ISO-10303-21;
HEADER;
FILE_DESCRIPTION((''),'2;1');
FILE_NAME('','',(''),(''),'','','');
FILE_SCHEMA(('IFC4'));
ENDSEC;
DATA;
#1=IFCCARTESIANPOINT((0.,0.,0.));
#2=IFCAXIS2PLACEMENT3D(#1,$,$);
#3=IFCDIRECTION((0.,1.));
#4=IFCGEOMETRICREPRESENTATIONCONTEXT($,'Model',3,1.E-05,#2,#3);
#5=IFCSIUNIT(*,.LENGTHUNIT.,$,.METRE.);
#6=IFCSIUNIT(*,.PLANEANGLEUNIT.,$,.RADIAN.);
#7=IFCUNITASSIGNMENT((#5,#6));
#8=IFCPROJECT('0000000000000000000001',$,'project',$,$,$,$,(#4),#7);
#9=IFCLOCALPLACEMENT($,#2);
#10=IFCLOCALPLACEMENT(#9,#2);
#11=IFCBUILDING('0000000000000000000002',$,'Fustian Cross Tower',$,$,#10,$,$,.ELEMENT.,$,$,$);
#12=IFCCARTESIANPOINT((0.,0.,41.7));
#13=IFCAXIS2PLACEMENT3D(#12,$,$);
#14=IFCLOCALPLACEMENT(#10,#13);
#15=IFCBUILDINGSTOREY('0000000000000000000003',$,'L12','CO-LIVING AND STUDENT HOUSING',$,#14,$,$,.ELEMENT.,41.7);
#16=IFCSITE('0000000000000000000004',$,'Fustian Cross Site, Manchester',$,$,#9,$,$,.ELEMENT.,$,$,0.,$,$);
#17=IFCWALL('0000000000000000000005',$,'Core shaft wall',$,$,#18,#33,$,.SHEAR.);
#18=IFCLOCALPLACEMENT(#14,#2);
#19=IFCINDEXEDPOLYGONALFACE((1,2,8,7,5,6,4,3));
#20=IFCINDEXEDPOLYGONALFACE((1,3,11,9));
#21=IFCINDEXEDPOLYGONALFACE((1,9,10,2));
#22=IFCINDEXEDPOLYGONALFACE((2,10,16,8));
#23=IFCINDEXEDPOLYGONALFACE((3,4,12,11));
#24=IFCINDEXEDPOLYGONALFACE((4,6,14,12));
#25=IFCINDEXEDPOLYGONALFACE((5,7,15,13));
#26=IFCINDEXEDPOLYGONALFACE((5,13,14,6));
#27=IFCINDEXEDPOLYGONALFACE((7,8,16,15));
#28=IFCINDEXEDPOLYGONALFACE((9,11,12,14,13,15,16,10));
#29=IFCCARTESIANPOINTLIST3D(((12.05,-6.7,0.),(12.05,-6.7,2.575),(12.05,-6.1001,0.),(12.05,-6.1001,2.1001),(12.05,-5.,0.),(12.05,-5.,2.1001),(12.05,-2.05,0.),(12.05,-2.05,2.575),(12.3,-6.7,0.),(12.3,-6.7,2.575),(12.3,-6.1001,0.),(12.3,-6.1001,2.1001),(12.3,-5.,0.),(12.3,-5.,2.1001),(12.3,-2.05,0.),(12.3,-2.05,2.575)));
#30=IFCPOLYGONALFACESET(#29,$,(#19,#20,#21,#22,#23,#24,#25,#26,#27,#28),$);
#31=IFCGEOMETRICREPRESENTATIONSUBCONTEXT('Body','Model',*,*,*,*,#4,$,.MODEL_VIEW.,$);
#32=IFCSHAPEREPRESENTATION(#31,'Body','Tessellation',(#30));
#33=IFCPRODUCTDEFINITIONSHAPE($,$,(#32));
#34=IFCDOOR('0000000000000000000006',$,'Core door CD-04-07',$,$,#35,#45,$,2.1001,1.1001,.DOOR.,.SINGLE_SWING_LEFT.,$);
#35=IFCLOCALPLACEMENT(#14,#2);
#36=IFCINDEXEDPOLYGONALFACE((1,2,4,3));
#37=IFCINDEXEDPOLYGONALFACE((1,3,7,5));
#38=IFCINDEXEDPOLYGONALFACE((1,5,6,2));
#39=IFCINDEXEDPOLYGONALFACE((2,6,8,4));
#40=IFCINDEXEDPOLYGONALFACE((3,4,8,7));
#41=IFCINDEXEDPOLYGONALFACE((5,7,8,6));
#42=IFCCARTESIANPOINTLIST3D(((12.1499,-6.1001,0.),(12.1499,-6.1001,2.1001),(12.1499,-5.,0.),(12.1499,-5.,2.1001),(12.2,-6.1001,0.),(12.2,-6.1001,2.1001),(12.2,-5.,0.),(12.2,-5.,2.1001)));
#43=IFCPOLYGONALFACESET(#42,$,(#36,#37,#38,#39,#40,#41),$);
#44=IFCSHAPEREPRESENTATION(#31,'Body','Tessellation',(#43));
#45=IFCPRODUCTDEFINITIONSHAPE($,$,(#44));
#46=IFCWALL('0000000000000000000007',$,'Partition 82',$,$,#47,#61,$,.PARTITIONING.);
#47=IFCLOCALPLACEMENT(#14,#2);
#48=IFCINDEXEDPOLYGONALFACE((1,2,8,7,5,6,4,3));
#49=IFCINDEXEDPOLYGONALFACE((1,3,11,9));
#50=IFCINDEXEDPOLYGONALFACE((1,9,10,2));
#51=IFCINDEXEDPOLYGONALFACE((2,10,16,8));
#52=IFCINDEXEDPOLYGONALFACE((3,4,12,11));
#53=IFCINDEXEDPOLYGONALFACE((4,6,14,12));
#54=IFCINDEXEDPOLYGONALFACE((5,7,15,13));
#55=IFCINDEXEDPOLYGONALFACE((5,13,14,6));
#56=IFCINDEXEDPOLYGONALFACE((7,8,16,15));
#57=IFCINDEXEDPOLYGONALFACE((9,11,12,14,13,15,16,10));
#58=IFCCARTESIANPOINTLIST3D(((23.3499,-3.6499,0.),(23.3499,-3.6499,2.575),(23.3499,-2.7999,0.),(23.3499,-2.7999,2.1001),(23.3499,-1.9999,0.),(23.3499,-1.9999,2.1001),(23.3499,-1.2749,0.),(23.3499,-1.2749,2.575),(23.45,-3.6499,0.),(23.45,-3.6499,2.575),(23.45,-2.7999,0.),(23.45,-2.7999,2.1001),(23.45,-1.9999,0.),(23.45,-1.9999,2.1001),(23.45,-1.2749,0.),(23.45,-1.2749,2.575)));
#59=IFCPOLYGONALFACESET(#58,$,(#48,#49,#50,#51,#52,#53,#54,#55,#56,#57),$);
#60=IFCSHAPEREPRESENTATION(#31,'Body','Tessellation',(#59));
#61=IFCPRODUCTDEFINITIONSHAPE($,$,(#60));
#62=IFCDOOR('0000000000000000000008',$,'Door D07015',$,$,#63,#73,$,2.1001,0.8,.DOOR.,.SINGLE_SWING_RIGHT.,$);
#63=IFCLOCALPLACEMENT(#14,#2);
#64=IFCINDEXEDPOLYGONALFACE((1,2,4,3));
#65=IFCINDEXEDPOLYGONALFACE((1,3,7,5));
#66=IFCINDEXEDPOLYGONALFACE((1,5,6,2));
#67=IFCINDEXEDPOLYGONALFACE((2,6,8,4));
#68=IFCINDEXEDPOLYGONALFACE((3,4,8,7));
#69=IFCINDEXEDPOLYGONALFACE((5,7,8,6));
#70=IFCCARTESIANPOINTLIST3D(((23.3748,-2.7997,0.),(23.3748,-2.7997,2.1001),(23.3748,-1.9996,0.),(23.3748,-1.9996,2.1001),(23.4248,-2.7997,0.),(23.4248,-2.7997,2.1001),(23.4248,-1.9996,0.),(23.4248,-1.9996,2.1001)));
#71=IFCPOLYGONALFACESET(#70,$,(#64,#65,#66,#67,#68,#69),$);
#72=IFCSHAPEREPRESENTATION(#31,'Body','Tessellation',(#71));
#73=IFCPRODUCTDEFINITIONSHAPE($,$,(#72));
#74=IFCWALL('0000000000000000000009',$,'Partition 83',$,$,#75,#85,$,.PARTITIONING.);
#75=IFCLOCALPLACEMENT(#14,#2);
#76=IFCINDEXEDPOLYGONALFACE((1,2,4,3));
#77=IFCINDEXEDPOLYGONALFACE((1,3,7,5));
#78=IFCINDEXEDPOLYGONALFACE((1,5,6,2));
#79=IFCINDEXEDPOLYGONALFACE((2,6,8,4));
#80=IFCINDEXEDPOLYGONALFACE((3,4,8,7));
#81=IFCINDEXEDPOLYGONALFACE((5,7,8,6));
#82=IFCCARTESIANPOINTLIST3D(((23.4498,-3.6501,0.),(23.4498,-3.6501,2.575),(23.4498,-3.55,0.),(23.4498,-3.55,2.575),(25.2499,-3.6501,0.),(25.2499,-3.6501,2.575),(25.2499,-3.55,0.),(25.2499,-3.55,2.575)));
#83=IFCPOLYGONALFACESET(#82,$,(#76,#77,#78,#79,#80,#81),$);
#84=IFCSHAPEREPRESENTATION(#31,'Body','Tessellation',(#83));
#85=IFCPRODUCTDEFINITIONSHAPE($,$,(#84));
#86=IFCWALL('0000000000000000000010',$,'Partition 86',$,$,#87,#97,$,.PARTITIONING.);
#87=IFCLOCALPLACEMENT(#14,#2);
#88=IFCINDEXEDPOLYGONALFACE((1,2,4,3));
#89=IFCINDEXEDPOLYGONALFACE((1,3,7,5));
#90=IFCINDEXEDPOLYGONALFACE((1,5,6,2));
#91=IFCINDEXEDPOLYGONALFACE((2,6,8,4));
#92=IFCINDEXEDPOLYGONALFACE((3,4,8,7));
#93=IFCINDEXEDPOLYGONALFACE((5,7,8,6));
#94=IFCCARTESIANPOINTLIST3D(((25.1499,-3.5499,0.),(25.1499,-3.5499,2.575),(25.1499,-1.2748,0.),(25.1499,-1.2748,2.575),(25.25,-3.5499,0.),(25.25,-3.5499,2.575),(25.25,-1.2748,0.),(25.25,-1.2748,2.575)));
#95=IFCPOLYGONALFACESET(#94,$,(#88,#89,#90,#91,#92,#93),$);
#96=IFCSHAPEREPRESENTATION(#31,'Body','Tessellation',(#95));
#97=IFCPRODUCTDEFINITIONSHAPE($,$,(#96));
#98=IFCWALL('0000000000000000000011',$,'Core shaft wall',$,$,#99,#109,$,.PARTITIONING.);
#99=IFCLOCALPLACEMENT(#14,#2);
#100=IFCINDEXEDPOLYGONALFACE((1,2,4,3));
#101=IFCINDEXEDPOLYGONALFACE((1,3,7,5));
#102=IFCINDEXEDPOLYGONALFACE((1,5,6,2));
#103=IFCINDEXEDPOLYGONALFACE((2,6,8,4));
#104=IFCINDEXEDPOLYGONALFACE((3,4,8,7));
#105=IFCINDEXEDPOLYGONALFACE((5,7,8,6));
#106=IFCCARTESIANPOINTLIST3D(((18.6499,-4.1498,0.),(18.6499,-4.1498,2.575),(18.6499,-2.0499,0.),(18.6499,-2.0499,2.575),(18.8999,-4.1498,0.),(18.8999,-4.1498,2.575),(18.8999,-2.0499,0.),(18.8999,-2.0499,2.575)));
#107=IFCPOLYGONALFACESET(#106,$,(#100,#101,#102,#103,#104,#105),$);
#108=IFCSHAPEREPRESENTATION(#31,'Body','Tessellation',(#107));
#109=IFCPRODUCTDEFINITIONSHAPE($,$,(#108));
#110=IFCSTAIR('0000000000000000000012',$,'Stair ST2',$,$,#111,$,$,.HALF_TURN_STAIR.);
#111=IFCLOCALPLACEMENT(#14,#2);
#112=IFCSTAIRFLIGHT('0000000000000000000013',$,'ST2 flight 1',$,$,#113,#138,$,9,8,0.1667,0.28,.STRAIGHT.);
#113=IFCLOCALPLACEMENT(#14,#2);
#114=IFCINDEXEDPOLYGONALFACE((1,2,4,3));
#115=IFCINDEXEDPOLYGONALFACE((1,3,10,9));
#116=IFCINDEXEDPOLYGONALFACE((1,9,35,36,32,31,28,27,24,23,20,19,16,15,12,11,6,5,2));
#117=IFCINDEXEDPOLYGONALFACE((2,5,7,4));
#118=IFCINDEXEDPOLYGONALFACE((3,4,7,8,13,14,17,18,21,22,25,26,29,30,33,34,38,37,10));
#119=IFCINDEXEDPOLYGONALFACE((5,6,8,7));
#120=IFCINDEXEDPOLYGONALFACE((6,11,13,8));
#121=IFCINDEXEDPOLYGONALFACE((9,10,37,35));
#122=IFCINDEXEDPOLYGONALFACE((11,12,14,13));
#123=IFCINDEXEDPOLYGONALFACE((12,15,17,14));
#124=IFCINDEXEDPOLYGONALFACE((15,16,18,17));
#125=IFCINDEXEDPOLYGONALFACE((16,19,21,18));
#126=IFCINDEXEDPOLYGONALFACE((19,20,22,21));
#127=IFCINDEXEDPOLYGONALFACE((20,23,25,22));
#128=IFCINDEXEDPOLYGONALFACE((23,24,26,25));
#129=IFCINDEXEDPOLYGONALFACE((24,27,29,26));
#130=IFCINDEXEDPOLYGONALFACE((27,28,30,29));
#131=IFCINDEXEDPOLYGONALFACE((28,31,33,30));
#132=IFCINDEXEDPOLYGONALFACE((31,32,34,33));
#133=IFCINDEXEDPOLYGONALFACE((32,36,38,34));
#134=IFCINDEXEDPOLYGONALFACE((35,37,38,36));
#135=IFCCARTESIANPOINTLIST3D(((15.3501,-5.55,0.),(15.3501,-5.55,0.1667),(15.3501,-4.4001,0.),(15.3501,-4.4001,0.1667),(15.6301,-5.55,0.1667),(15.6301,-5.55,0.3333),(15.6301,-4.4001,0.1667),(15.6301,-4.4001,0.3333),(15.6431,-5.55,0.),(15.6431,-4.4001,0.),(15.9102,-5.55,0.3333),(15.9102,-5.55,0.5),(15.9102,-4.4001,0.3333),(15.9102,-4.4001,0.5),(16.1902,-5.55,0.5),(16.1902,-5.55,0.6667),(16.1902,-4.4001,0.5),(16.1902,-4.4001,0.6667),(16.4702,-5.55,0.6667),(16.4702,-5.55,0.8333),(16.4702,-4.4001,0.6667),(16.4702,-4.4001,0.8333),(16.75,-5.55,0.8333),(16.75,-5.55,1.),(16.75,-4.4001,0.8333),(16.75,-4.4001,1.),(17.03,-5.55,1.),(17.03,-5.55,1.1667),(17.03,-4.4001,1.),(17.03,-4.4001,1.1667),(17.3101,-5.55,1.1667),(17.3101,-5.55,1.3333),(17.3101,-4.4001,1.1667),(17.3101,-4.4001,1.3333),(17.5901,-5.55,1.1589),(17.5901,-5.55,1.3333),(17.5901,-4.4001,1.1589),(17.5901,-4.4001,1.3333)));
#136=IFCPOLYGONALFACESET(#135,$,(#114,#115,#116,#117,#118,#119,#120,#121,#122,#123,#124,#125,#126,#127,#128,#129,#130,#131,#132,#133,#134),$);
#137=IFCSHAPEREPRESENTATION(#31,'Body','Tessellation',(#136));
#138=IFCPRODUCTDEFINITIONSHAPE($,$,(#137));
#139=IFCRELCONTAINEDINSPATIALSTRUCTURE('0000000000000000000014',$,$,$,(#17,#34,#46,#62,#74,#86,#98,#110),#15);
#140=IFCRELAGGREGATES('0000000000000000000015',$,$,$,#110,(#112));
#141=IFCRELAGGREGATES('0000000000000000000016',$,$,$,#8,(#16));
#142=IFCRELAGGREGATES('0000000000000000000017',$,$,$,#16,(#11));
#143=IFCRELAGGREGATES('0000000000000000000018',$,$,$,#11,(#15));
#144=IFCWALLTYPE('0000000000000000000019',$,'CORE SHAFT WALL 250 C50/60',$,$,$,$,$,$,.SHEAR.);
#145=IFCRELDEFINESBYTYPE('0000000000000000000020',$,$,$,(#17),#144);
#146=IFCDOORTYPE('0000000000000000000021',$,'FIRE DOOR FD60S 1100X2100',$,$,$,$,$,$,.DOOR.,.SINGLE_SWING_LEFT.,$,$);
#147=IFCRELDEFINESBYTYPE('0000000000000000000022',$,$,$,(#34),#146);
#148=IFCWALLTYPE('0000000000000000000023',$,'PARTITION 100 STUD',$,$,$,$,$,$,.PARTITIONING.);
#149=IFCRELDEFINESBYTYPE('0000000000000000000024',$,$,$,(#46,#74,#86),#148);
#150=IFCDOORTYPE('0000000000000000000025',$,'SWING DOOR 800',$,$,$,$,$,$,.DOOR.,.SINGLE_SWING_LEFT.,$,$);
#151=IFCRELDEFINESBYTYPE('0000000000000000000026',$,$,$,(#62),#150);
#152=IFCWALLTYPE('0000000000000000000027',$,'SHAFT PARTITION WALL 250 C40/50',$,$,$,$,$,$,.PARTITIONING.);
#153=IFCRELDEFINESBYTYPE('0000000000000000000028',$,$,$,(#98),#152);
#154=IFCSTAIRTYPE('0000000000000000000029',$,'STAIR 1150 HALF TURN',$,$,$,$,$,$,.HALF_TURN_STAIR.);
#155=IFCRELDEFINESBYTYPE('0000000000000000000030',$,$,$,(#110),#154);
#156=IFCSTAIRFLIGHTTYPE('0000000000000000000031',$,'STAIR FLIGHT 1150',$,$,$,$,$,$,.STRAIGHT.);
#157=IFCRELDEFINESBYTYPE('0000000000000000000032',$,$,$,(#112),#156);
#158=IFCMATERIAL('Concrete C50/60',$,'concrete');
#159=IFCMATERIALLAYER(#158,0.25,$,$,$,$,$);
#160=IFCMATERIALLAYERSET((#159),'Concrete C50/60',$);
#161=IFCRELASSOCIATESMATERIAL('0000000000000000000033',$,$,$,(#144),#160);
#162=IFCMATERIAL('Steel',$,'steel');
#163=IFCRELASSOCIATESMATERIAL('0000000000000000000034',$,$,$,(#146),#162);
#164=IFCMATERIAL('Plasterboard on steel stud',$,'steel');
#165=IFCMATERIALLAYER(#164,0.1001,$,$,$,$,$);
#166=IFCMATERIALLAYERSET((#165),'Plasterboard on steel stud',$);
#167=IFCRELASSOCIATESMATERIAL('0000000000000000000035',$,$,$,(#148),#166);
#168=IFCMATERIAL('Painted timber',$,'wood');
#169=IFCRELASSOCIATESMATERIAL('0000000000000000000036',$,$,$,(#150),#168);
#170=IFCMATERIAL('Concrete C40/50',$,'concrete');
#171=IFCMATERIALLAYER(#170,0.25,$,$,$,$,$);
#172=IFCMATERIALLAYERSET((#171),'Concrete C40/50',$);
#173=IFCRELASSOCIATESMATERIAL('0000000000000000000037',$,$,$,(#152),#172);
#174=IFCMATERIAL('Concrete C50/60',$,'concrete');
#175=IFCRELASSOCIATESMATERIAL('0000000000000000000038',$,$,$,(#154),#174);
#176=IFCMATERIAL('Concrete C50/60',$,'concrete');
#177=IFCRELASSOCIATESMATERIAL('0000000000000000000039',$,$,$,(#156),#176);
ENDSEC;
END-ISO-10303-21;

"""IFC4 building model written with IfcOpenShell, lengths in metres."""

from ifc_helpers import new_model, si_unit, direction, frame, frame_2d, origin, place, context, subcontext, project, spatial, polyline, rectangle, outline, extrude, material, layer, layer_set, type_object, element, fill, aggregate, save


model = new_model("IFC4")

# Units and contexts
model_context = context("Model", 3, precision=1e-05, world=origin(), true_north=direction((0.0, 1.0)))
body_context = subcontext(model_context, "Body", "Model", "MODEL_VIEW")
ifc_project = project(units=[si_unit("LENGTHUNIT", "METRE"), si_unit("PLANEANGLEUNIT", "RADIAN")], contexts=[model_context])

# Site, building, storey
site_placement = place(None, origin())
site = spatial("IfcSite", under=ifc_project, at=site_placement, Name="Fustian Cross Site, Manchester", CompositionType="ELEMENT", RefElevation=0.0)
building_placement = place(site_placement, origin())
building = spatial("IfcBuilding", under=site, at=building_placement, Name="Fustian Cross Tower", CompositionType="ELEMENT")
storey_placement = place(building_placement, frame((0.0, 0.0, 41.7)))
storey = spatial("IfcBuildingStorey", under=building, at=storey_placement, Name="L12", Description="CO-LIVING AND STUDENT HOUSING", CompositionType="ELEMENT", Elevation=41.7)

# Shared definitions
ifc_material_1 = material(Name="Concrete C50/60", Category="concrete")
ifc_layer_1 = layer(ifc_material_1, 0.25)
ifc_layer_set_1 = layer_set([ifc_layer_1], Name="Concrete C50/60")
wall_type_1 = type_object("IfcWallType", Name="CORE SHAFT WALL 250 C50/60", PredefinedType="SHEAR", material=ifc_layer_set_1)

# Walls, openings, doors
wall_1_placement = place(storey_placement, frame((12.175, -2.05, 0.0), z_axis=(0.0, 0.0, 1.0), x_axis=(0.0, -1.0, 0.0)))
wall_1 = element("IfcWall", 1, at=wall_1_placement, inside=storey, type_object=wall_type_1, Name="Core shaft wall", PredefinedType="SHEAR", context=body_context, shape_type="SweptSolid", body=[
    extrude(rectangle(XDim=4.6499, YDim=0.25, at=frame_2d((2.325, 0.0))), origin(), (0.0, 0.0, 1.0), 2.575),
])
opening_1_placement = place(wall_1_placement, frame((2.95, 0.0, 0.0)))
opening_1 = element("IfcOpeningElement", 2, at=opening_1_placement, cuts=wall_1, PredefinedType="OPENING", context=body_context, shape_type="SweptSolid", body=[
    extrude(rectangle(XDim=1.1001, YDim=2.1001, at=frame_2d((0.55, 1.05))), frame((0.0, 0.135, 0.0), z_axis=(0.0, -1.0, 0.0), x_axis=(1.0, 0.0, 0.0)), (0.0, 0.0, 1.0), 0.27),
])
ifc_material_2 = material(Name="Steel", Category="steel")
door_type_1 = type_object("IfcDoorType", Name="FIRE DOOR FD60S 1100X2100", OperationType="SINGLE_SWING_LEFT", PredefinedType="DOOR", material=ifc_material_2)
door_1_placement = place(opening_1_placement, origin())
door_1 = element("IfcDoor", 3, at=door_1_placement, inside=storey, type_object=door_type_1, Name="Core door CD-04-07", OperationType="SINGLE_SWING_LEFT", OverallHeight=2.1001, OverallWidth=1.1001, PredefinedType="DOOR", context=body_context, shape_type="SweptSolid", body=[
    extrude(rectangle(XDim=1.1001, YDim=2.1001, at=frame_2d((0.55, 1.05))), frame((0.0, 0.0249, 0.0), z_axis=(0.0, -1.0, 0.0), x_axis=(1.0, 0.0, 0.0)), (0.0, 0.0, 1.0), 0.05),
])
fill(opening_1, door_1)
ifc_material_3 = material(Name="Plasterboard on steel stud", Category="steel")
ifc_layer_2 = layer(ifc_material_3, 0.1001)
ifc_layer_set_2 = layer_set([ifc_layer_2], Name="Plasterboard on steel stud")
wall_type_2 = type_object("IfcWallType", Name="PARTITION 100 STUD", PredefinedType="PARTITIONING", material=ifc_layer_set_2)
wall_2_placement = place(storey_placement, frame((23.3999, -3.6499, 0.0), z_axis=(0.0, 0.0, 1.0), x_axis=(0.0, 1.0, 0.0)))
wall_2 = element("IfcWall", 4, at=wall_2_placement, inside=storey, type_object=wall_type_2, Name="Partition 82", PredefinedType="PARTITIONING", context=body_context, shape_type="SweptSolid", body=[
    extrude(rectangle(XDim=2.375, YDim=0.1001, at=frame_2d((1.1875, 0.0))), origin(), (0.0, 0.0, 1.0), 2.575),
])
opening_2_placement = place(wall_2_placement, frame((0.8501, 0.0, 0.0)))
opening_2 = element("IfcOpeningElement", 5, at=opening_2_placement, cuts=wall_2, PredefinedType="OPENING", context=body_context, shape_type="SweptSolid", body=[
    extrude(rectangle(XDim=0.8, YDim=2.1001, at=frame_2d((0.3999, 1.05))), frame((0.0, 0.0601, 0.0), z_axis=(0.0, -1.0, 0.0), x_axis=(1.0, 0.0, 0.0)), (0.0, 0.0, 1.0), 0.1201),
])
ifc_material_4 = material(Name="Painted timber", Category="wood")
door_type_2 = type_object("IfcDoorType", Name="SWING DOOR 800", OperationType="SINGLE_SWING_LEFT", PredefinedType="DOOR", material=ifc_material_4)
door_2_placement = place(opening_2_placement, frame((0.8, 0.0, 0.0), z_axis=(0.0, 0.0, 1.0), x_axis=(-1.0, 0.0, 0.0)))
door_2 = element("IfcDoor", 6, at=door_2_placement, inside=storey, type_object=door_type_2, Name="Door D07015", OperationType="SINGLE_SWING_RIGHT", OverallHeight=2.1001, OverallWidth=0.8, PredefinedType="DOOR", context=body_context, shape_type="SweptSolid", body=[
    extrude(rectangle(XDim=0.8, YDim=2.1001, at=frame_2d((0.3999, 1.05))), frame((0.0, 0.0249, 0.0), z_axis=(0.0, -1.0, 0.0), x_axis=(1.0, 0.0, 0.0)), (0.0, 0.0, 1.0), 0.05),
])
fill(opening_2, door_2)

# Walls
wall_3_placement = place(storey_placement, frame((23.45, -3.6001, 0.0), z_axis=(0.0, 0.0, 1.0), x_axis=(1.0, 0.0, 0.0)))
element("IfcWall", 7, at=wall_3_placement, inside=storey, type_object=wall_type_2, Name="Partition 83", PredefinedType="PARTITIONING", context=body_context, shape_type="SweptSolid", body=[
    extrude(rectangle(XDim=1.8, YDim=0.1001, at=frame_2d((0.8999, 0.0))), origin(), (0.0, 0.0, 1.0), 2.575),
])
wall_4_placement = place(storey_placement, frame((25.2, -3.55, 0.0), z_axis=(0.0, 0.0, 1.0), x_axis=(0.0, 1.0, 0.0)))
element("IfcWall", 8, at=wall_4_placement, inside=storey, type_object=wall_type_2, Name="Partition 86", PredefinedType="PARTITIONING", context=body_context, shape_type="SweptSolid", body=[
    extrude(rectangle(XDim=2.2751, YDim=0.1001, at=frame_2d((1.1377, 0.0))), origin(), (0.0, 0.0, 1.0), 2.575),
])
ifc_material_5 = material(Name="Concrete C40/50", Category="concrete")
ifc_layer_3 = layer(ifc_material_5, 0.25)
ifc_layer_set_3 = layer_set([ifc_layer_3], Name="Concrete C40/50")
wall_type_3 = type_object("IfcWallType", Name="SHAFT PARTITION WALL 250 C40/50", PredefinedType="PARTITIONING", material=ifc_layer_set_3)
wall_5_placement = place(storey_placement, frame((18.7749, -2.05, 0.0), z_axis=(0.0, 0.0, 1.0), x_axis=(0.0, -1.0, 0.0)))
element("IfcWall", 9, at=wall_5_placement, inside=storey, type_object=wall_type_3, Name="Core shaft wall", PredefinedType="PARTITIONING", context=body_context, shape_type="SweptSolid", body=[
    extrude(rectangle(XDim=2.0999, YDim=0.25, at=frame_2d((1.0498, 0.0))), origin(), (0.0, 0.0, 1.0), 2.575),
])

# Stair, stair flight
ifc_material_6 = material(Name="Concrete C50/60", Category="concrete")
stair_type = type_object("IfcStairType", Name="STAIR 1150 HALF TURN", PredefinedType="HALF_TURN_STAIR", material=ifc_material_6)
stair_placement = place(storey_placement, origin())
stair = element("IfcStair", 10, at=stair_placement, inside=storey, type_object=stair_type, Name="Stair ST2", PredefinedType="HALF_TURN_STAIR")
ifc_material_7 = material(Name="Concrete C50/60", Category="concrete")
stair_flight_type = type_object("IfcStairFlightType", Name="STAIR FLIGHT 1150", PredefinedType="STRAIGHT", material=ifc_material_7)
stair_flight_placement = place(storey_placement, frame((15.3501, -4.9751, 0.0), z_axis=(0.0, 0.0, 1.0), x_axis=(1.0, 0.0, 0.0)))
stair_flight = element("IfcStairFlight", 11, at=stair_flight_placement, type_object=stair_flight_type, Name="ST2 flight 1", NumberOfRisers=9, NumberOfTreads=8, PredefinedType="STRAIGHT", RiserHeight=0.1667, TreadLength=0.28, context=body_context, shape_type="SweptSolid", body=[
    extrude(outline(polyline([(0.0, 0.0), (0.0, 0.1667), (0.28, 0.1667), (0.28, 0.3333), (0.5601, 0.3333), (0.5601, 0.5), (0.8401, 0.5), (0.8401, 0.6667), (1.1201, 0.6667), (1.1201, 0.8333), (1.3999, 0.8333), (1.3999, 1.0), (1.6799, 1.0), (1.6799, 1.1667), (1.96, 1.1667), (1.96, 1.3333), (2.24, 1.3333), (2.24, 1.5), (2.24, 1.1589), (0.293, 0.0), (0.0, 0.0)])), frame((0.0, 0.575, 0.0), z_axis=(0.0, -1.0, 0.0), x_axis=(1.0, 0.0, 0.0)), (0.0, 0.0, 1.0), 1.1499),
])
aggregate(stair, [stair_flight])

save(model, "model.ifc")
